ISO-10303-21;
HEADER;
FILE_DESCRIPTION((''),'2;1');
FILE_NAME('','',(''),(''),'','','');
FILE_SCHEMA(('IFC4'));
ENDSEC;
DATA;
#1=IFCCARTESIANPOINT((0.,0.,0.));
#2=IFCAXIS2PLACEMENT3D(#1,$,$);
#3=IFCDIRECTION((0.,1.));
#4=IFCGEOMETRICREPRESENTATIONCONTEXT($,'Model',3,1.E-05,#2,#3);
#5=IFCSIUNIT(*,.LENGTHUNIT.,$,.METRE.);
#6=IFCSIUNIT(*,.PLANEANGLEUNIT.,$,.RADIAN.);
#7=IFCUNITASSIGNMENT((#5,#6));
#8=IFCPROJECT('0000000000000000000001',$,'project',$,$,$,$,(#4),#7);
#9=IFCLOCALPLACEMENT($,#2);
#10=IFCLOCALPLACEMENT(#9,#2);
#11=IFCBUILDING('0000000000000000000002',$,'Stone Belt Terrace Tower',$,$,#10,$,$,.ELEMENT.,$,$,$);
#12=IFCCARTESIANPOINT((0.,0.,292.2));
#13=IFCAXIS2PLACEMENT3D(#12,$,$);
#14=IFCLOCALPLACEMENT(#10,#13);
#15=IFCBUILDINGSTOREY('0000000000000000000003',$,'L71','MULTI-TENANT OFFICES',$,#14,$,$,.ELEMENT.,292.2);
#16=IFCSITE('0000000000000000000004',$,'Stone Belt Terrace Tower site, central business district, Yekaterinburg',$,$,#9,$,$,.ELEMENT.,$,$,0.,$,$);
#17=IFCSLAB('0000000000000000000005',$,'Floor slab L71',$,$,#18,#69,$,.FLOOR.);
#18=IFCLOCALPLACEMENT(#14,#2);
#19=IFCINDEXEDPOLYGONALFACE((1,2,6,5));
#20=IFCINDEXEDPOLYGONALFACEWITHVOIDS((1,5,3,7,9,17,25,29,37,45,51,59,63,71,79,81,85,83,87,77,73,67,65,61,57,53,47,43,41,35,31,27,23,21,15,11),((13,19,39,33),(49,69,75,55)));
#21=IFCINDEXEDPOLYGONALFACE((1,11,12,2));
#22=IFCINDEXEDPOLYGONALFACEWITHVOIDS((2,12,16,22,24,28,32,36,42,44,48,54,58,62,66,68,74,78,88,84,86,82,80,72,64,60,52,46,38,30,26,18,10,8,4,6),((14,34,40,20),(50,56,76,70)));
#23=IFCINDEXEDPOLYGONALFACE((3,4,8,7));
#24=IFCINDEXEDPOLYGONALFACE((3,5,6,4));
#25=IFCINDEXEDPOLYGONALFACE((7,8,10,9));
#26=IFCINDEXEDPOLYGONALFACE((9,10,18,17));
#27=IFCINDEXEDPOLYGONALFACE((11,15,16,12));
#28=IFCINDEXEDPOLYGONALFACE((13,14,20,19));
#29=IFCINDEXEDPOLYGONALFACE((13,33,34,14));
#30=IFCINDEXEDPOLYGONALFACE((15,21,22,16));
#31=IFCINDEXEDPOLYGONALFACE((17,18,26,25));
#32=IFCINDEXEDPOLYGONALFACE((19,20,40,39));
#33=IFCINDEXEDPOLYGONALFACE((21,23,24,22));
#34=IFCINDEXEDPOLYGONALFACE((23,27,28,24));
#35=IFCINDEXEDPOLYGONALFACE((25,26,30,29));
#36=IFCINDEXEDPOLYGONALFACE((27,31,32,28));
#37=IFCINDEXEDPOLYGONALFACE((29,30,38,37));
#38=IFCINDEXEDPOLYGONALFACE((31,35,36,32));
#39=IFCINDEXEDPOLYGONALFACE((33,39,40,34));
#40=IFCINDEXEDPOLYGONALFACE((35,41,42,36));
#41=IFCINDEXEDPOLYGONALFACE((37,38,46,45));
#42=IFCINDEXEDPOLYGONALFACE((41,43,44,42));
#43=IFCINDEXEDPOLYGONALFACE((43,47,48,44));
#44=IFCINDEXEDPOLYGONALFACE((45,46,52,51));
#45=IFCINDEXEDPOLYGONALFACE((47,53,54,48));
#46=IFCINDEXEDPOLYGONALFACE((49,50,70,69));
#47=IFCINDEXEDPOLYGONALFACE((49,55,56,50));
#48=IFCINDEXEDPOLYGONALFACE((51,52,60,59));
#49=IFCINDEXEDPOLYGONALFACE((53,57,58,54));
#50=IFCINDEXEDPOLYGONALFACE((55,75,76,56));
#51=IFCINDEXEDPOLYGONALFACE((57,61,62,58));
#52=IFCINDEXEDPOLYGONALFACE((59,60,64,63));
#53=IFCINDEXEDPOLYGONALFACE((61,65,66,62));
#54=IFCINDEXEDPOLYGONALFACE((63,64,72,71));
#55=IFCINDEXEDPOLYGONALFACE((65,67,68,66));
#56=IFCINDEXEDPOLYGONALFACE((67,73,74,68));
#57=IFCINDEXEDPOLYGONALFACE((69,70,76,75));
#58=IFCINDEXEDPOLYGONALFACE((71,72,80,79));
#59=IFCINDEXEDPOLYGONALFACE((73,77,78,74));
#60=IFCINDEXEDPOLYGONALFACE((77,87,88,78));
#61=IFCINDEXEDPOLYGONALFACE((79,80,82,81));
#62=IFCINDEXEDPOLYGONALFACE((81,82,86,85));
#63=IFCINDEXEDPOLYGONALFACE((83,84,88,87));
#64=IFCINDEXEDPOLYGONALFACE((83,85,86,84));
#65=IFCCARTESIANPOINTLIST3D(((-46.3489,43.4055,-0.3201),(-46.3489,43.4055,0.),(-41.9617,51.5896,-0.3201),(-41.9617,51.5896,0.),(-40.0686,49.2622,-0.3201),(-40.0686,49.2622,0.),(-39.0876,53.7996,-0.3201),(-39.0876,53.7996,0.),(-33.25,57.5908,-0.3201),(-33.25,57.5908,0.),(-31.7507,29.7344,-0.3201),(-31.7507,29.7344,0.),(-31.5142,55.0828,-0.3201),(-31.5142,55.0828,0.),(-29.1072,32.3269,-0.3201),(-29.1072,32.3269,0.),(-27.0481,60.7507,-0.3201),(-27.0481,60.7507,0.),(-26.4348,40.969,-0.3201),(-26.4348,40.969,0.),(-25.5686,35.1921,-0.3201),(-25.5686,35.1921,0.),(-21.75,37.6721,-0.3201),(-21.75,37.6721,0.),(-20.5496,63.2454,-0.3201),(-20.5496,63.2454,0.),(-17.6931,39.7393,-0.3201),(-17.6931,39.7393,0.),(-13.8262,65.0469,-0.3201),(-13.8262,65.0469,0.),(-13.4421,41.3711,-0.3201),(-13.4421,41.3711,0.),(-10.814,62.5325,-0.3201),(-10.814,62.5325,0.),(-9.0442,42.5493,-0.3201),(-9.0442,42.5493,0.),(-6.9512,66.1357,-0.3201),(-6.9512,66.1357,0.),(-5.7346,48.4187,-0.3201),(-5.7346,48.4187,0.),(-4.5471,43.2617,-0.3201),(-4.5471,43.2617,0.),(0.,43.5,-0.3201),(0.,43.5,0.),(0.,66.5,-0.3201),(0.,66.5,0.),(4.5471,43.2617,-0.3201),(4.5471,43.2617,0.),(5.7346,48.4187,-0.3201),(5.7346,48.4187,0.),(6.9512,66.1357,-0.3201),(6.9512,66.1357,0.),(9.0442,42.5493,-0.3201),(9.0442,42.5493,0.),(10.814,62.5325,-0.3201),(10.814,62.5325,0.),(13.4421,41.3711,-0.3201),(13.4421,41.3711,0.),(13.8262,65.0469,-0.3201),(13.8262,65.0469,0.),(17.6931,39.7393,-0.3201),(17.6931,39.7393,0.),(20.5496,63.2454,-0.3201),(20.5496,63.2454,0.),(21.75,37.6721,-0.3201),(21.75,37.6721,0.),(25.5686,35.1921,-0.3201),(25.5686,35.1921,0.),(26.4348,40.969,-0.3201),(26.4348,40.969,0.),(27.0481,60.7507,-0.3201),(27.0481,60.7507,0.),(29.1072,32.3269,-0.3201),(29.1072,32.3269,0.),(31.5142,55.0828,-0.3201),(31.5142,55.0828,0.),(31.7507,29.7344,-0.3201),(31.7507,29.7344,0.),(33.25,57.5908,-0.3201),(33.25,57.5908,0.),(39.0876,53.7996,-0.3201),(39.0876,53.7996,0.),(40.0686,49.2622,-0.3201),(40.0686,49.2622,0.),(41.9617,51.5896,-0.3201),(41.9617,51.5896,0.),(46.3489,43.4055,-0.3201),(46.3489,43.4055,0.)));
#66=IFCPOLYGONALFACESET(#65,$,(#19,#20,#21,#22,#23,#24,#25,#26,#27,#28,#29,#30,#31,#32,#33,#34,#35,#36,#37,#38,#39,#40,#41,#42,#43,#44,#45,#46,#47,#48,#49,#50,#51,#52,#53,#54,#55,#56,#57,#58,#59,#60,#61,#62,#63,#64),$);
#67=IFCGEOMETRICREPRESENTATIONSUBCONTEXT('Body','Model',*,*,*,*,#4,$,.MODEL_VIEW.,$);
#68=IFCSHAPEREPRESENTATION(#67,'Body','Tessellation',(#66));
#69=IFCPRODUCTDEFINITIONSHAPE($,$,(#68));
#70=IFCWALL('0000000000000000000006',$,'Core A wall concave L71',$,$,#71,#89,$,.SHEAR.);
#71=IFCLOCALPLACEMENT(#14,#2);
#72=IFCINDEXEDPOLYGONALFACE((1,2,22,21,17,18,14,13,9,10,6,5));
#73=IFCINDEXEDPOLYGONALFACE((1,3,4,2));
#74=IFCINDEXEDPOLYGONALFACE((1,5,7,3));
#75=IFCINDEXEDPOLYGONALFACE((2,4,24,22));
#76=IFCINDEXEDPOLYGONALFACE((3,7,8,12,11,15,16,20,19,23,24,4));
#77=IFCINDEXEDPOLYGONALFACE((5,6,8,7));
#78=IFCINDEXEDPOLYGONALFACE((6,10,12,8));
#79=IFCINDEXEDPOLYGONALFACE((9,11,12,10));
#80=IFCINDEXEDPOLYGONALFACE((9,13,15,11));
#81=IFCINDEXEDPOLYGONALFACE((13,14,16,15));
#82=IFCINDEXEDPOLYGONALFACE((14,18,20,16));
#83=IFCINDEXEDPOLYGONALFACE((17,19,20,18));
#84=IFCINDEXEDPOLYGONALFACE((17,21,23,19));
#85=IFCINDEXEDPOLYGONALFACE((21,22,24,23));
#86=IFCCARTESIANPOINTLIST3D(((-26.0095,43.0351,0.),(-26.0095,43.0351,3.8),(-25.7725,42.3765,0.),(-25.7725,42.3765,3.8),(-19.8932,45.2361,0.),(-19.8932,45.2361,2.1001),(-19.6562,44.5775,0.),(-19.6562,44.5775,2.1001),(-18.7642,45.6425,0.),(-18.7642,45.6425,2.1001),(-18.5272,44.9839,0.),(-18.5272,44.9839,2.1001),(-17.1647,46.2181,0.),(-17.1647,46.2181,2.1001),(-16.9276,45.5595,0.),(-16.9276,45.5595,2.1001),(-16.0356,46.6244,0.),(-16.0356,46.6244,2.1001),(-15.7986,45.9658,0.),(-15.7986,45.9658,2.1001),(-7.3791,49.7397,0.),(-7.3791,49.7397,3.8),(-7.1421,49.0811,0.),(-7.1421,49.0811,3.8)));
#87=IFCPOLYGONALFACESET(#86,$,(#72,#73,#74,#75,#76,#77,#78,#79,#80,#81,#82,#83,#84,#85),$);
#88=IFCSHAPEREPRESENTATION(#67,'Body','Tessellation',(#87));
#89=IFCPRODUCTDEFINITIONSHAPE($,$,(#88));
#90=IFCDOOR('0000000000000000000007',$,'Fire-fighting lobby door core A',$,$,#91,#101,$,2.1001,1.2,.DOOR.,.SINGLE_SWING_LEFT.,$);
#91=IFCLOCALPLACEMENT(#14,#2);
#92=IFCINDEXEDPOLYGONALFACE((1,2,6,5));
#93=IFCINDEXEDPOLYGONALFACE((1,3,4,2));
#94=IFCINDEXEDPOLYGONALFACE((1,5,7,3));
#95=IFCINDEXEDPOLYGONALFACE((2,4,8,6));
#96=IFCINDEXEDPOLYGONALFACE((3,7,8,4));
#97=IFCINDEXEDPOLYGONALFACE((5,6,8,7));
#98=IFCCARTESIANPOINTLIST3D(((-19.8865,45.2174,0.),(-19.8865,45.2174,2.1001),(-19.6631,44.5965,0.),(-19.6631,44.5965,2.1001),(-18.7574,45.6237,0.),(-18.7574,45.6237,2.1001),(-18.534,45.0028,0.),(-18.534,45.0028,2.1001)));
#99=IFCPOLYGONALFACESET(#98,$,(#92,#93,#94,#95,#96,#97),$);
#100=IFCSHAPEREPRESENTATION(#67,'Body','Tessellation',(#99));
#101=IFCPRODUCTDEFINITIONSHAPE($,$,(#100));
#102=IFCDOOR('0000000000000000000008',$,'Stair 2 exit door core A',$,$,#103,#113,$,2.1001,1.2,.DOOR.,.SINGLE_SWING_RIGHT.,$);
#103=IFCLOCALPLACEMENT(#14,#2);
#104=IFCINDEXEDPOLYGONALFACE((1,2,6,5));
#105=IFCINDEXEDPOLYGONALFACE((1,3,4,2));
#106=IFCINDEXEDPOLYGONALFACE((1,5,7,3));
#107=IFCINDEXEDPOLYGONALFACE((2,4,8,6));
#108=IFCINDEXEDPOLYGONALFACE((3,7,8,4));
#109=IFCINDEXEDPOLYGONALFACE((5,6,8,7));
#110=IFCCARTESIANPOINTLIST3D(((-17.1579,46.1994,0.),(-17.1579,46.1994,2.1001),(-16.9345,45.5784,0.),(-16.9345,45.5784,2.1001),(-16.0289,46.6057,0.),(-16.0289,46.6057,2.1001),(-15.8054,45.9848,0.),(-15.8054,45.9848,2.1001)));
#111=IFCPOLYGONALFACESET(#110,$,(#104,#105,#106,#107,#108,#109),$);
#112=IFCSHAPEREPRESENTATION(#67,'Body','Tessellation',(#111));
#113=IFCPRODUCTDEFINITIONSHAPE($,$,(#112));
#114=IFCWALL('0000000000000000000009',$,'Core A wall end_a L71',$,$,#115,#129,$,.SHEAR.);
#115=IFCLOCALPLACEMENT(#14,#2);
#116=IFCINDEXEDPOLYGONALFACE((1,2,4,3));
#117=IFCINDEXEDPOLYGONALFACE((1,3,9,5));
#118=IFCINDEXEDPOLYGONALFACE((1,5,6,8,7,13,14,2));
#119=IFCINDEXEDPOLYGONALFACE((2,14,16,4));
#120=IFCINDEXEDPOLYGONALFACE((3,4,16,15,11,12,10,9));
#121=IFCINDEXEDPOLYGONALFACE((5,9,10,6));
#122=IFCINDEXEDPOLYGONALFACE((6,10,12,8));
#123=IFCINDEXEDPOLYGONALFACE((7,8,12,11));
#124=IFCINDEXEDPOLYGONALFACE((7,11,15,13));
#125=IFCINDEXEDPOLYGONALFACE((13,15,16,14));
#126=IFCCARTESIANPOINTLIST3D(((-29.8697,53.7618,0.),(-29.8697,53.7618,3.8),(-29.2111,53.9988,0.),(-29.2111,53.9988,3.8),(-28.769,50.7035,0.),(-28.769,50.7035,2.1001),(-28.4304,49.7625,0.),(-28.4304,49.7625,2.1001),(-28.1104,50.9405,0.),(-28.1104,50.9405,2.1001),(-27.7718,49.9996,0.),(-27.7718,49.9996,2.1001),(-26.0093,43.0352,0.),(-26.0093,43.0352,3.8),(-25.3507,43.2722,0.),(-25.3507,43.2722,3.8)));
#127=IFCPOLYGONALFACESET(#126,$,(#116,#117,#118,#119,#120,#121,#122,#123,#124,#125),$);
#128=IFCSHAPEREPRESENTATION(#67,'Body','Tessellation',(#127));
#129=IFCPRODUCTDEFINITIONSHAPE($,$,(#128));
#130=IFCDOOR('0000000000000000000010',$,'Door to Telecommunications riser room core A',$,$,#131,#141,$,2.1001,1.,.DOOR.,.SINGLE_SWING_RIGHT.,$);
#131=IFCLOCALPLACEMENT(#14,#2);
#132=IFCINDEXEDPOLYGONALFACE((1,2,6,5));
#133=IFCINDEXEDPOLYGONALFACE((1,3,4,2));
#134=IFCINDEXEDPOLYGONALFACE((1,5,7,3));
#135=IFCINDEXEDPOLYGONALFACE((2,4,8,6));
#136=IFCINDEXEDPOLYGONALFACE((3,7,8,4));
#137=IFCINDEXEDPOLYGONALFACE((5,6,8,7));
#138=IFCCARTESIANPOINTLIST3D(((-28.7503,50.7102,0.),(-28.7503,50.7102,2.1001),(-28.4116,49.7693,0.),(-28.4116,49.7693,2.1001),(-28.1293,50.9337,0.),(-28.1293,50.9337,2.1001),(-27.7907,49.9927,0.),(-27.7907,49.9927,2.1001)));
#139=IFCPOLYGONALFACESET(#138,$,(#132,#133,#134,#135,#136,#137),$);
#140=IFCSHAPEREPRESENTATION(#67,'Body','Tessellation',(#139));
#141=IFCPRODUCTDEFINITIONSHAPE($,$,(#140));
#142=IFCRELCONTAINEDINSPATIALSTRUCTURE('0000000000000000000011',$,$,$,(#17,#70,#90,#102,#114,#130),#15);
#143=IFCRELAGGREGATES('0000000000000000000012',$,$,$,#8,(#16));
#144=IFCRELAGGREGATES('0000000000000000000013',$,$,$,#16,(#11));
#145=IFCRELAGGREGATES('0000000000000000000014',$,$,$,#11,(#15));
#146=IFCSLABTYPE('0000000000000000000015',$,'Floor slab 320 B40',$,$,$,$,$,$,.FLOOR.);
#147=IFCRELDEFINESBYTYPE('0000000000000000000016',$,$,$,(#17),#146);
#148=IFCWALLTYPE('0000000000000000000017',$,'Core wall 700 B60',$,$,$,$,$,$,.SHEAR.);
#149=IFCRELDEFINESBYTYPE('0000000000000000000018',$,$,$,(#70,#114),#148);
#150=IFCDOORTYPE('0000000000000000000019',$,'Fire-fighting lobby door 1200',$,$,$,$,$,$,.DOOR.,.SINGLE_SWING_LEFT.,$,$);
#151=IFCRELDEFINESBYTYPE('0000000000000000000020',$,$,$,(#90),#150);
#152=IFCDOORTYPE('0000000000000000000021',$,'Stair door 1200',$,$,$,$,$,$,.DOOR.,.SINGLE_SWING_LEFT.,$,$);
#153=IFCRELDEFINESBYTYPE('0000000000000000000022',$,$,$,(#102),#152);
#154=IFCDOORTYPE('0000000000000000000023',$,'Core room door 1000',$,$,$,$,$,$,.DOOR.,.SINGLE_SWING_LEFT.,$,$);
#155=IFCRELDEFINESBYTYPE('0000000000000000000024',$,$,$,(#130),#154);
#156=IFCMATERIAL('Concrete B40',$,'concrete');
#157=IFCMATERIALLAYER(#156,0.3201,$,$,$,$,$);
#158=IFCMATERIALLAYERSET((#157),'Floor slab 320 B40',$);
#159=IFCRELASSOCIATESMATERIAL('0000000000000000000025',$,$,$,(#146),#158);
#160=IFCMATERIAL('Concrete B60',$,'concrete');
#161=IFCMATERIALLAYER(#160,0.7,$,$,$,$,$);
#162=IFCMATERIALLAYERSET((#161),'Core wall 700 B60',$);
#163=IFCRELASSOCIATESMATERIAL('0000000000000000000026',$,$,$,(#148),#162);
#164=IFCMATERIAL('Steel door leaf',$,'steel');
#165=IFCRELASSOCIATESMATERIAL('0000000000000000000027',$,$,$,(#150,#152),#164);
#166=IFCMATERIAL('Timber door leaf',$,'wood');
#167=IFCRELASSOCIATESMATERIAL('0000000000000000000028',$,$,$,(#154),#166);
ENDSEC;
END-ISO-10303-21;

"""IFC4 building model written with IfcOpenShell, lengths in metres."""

from ifc_helpers import new_model, si_unit, direction, frame, frame_2d, origin, place, context, subcontext, project, spatial, polyline, rectangle, outline, extrude, material, layer, layer_set, type_object, element, fill, save


model = new_model("IFC4")

# Units and contexts
model_context = context("Model", 3, precision=1e-05, world=origin(), true_north=direction((0.0, 1.0)))
body_context = subcontext(model_context, "Body", "Model", "MODEL_VIEW")
ifc_project = project(units=[si_unit("LENGTHUNIT", "METRE"), si_unit("PLANEANGLEUNIT", "RADIAN")], contexts=[model_context])

# Site, building, storey
site_placement = place(None, origin())
site = spatial("IfcSite", under=ifc_project, at=site_placement, Name="Stone Belt Terrace Tower site, central business district, Yekaterinburg", CompositionType="ELEMENT", RefElevation=0.0)
building_placement = place(site_placement, origin())
building = spatial("IfcBuilding", under=site, at=building_placement, Name="Stone Belt Terrace Tower", CompositionType="ELEMENT")
storey_placement = place(building_placement, frame((0.0, 0.0, 292.2)))
storey = spatial("IfcBuildingStorey", under=building, at=storey_placement, Name="L71", Description="MULTI-TENANT OFFICES", CompositionType="ELEMENT", Elevation=292.2)

# Shared definitions
ifc_material_1 = material(Name="Concrete B60", Category="concrete")

# Slab
ifc_material_2 = material(Name="Concrete B40", Category="concrete")
ifc_layer_1 = layer(ifc_material_2, 0.3201)
ifc_layer_set_1 = layer_set([ifc_layer_1], Name="Floor slab 320 B40")
slab_type = type_object("IfcSlabType", Name="Floor slab 320 B40", PredefinedType="FLOOR", material=ifc_layer_set_1)
slab_placement = place(storey_placement, frame((0.0, 0.0, -0.3201)))
element("IfcSlab", 1, at=slab_placement, inside=storey, type_object=slab_type, Name="Floor slab L71", PredefinedType="FLOOR", context=body_context, shape_type="SweptSolid", body=[
    extrude(outline(polyline([(-40.0686, 49.2622), (-41.9617, 51.5896), (-39.0876, 53.7996), (-33.25, 57.5908), (-27.0481, 60.7507), (-20.5496, 63.2454), (-13.8262, 65.0469), (-6.9512, 66.1357), (0.0, 66.5), (6.9512, 66.1357), (13.8262, 65.0469), (20.5496, 63.2454), (27.0481, 60.7507), (33.25, 57.5908), (39.0876, 53.7996), (41.9617, 51.5896), (40.0686, 49.2622), (46.3489, 43.4055), (31.7507, 29.7344), (29.1072, 32.3269), (25.5686, 35.1921), (21.75, 37.6721), (17.6931, 39.7393), (13.4421, 41.3711), (9.0442, 42.5493), (4.5471, 43.2617), (0.0, 43.5), (-4.5471, 43.2617), (-9.0442, 42.5493), (-13.4421, 41.3711), (-17.6931, 39.7393), (-21.75, 37.6721), (-25.5686, 35.1921), (-29.1072, 32.3269), (-31.7507, 29.7344), (-46.3489, 43.4055), (-40.0686, 49.2622)]), holes=[polyline([(-10.814, 62.5325), (-31.5142, 55.0828), (-26.4348, 40.969), (-5.7346, 48.4187), (-10.814, 62.5325)]), polyline([(26.4348, 40.969), (31.5142, 55.0828), (10.814, 62.5325), (5.7346, 48.4187), (26.4348, 40.969)])]), origin(), (0.0, 0.0, 1.0), 0.3201),
])

# Wall, openings, doors
ifc_layer_2 = layer(ifc_material_1, 0.7)
ifc_layer_set_2 = layer_set([ifc_layer_2], Name="Core wall 700 B60")
wall_type_1 = type_object("IfcWallType", Name="Core wall 700 B60", PredefinedType="SHEAR", material=ifc_layer_set_2)
wall_1_placement = place(storey_placement, frame((-25.8909, 42.7058, 0.0), z_axis=(0.0, 0.0, 1.0), x_axis=(0.940925, 0.338615, 0.0)))
wall_1 = element("IfcWall", 2, at=wall_1_placement, inside=storey, type_object=wall_type_1, Name="Core A wall concave L71", PredefinedType="SHEAR", context=body_context, shape_type="SweptSolid", body=[
    extrude(rectangle(XDim=19.8, YDim=0.7, at=frame_2d((9.8999, 0.0))), origin(), (0.0, 0.0, 1.0), 3.8),
])
opening_1_placement = place(wall_1_placement, frame((6.5, 0.0, 0.0)))
opening_1 = element("IfcOpeningElement", 3, at=opening_1_placement, cuts=wall_1, PredefinedType="OPENING", context=body_context, shape_type="SweptSolid", body=[
    extrude(rectangle(XDim=1.2, YDim=2.1001, at=frame_2d((0.6001, 1.05))), frame((0.0, 0.3599, 0.0), z_axis=(0.0, -1.0, 0.0), x_axis=(1.0, 0.0, 0.0)), (0.0, 0.0, 1.0), 0.72),
])
opening_2_placement = place(wall_1_placement, frame((9.3999, 0.0, 0.0)))
opening_2 = element("IfcOpeningElement", 4, at=opening_2_placement, cuts=wall_1, PredefinedType="OPENING", context=body_context, shape_type="SweptSolid", body=[
    extrude(rectangle(XDim=1.2, YDim=2.1001, at=frame_2d((0.6001, 1.05))), frame((0.0, 0.3599, 0.0), z_axis=(0.0, -1.0, 0.0), x_axis=(1.0, 0.0, 0.0)), (0.0, 0.0, 1.0), 0.72),
])
ifc_material_3 = material(Name="Steel door leaf", Category="steel")
door_type_1 = type_object("IfcDoorType", Name="Fire-fighting lobby door 1200", OperationType="SINGLE_SWING_LEFT", PredefinedType="DOOR", material=ifc_material_3)
door_1_placement = place(opening_1_placement, origin())
door_1 = element("IfcDoor", 5, at=door_1_placement, inside=storey, type_object=door_type_1, Name="Fire-fighting lobby door core A", OperationType="SINGLE_SWING_LEFT", OverallHeight=2.1001, OverallWidth=1.2, PredefinedType="DOOR", context=body_context, shape_type="SweptSolid", body=[
    extrude(rectangle(XDim=1.2, YDim=2.1001, at=frame_2d((0.6001, 1.05))), frame((0.0, 0.3301, 0.0), z_axis=(0.0, -1.0, 0.0), x_axis=(1.0, 0.0, 0.0)), (0.0, 0.0, 1.0), 0.6599),
])
fill(opening_1, door_1)
door_type_2 = type_object("IfcDoorType", Name="Stair door 1200", OperationType="SINGLE_SWING_LEFT", PredefinedType="DOOR", material=ifc_material_3)
door_2_placement = place(opening_2_placement, origin())
door_2 = element("IfcDoor", 6, at=door_2_placement, inside=storey, type_object=door_type_2, Name="Stair 2 exit door core A", OperationType="SINGLE_SWING_RIGHT", OverallHeight=2.1001, OverallWidth=1.2, PredefinedType="DOOR", context=body_context, shape_type="SweptSolid", body=[
    extrude(rectangle(XDim=1.2, YDim=2.1001, at=frame_2d((0.6001, 1.05))), frame((0.0, 0.3301, 0.0), z_axis=(0.0, -1.0, 0.0), x_axis=(1.0, 0.0, 0.0)), (0.0, 0.0, 1.0), 0.6599),
])
fill(opening_2, door_2)

# Wall, opening, door
wall_2_placement = place(storey_placement, frame((-25.6799, 43.1536, 0.0), z_axis=(0.0, 0.0, 1.0), x_axis=(-0.338625, 0.940921, 0.0)))
wall_2 = element("IfcWall", 7, at=wall_2_placement, inside=storey, type_object=wall_type_1, Name="Core A wall end_a L71", PredefinedType="SHEAR", context=body_context, shape_type="SweptSolid", body=[
    extrude(rectangle(XDim=11.4001, YDim=0.7, at=frame_2d((5.7002, 0.0))), origin(), (0.0, 0.0, 1.0), 3.8),
])
opening_3_placement = place(wall_2_placement, frame((7.1499, 0.0, 0.0)))
opening_3 = element("IfcOpeningElement", 8, at=opening_3_placement, cuts=wall_2, PredefinedType="OPENING", context=body_context, shape_type="SweptSolid", body=[
    extrude(rectangle(XDim=1.0, YDim=2.1001, at=frame_2d((0.5, 1.05))), frame((0.0, 0.3599, 0.0), z_axis=(0.0, -1.0, 0.0), x_axis=(1.0, 0.0, 0.0)), (0.0, 0.0, 1.0), 0.72),
])
ifc_material_4 = material(Name="Timber door leaf", Category="wood")
door_type_3 = type_object("IfcDoorType", Name="Core room door 1000", OperationType="SINGLE_SWING_LEFT", PredefinedType="DOOR", material=ifc_material_4)
door_3_placement = place(opening_3_placement, origin())
door_3 = element("IfcDoor", 9, at=door_3_placement, inside=storey, type_object=door_type_3, Name="Door to Telecommunications riser room core A", OperationType="SINGLE_SWING_RIGHT", OverallHeight=2.1001, OverallWidth=1.0, PredefinedType="DOOR", context=body_context, shape_type="SweptSolid", body=[
    extrude(rectangle(XDim=1.0, YDim=2.1001, at=frame_2d((0.5, 1.05))), frame((0.0, 0.3301, 0.0), z_axis=(0.0, -1.0, 0.0), x_axis=(1.0, 0.0, 0.0)), (0.0, 0.0, 1.0), 0.6599),
])
fill(opening_3, door_3)

save(model, "model.ifc")
